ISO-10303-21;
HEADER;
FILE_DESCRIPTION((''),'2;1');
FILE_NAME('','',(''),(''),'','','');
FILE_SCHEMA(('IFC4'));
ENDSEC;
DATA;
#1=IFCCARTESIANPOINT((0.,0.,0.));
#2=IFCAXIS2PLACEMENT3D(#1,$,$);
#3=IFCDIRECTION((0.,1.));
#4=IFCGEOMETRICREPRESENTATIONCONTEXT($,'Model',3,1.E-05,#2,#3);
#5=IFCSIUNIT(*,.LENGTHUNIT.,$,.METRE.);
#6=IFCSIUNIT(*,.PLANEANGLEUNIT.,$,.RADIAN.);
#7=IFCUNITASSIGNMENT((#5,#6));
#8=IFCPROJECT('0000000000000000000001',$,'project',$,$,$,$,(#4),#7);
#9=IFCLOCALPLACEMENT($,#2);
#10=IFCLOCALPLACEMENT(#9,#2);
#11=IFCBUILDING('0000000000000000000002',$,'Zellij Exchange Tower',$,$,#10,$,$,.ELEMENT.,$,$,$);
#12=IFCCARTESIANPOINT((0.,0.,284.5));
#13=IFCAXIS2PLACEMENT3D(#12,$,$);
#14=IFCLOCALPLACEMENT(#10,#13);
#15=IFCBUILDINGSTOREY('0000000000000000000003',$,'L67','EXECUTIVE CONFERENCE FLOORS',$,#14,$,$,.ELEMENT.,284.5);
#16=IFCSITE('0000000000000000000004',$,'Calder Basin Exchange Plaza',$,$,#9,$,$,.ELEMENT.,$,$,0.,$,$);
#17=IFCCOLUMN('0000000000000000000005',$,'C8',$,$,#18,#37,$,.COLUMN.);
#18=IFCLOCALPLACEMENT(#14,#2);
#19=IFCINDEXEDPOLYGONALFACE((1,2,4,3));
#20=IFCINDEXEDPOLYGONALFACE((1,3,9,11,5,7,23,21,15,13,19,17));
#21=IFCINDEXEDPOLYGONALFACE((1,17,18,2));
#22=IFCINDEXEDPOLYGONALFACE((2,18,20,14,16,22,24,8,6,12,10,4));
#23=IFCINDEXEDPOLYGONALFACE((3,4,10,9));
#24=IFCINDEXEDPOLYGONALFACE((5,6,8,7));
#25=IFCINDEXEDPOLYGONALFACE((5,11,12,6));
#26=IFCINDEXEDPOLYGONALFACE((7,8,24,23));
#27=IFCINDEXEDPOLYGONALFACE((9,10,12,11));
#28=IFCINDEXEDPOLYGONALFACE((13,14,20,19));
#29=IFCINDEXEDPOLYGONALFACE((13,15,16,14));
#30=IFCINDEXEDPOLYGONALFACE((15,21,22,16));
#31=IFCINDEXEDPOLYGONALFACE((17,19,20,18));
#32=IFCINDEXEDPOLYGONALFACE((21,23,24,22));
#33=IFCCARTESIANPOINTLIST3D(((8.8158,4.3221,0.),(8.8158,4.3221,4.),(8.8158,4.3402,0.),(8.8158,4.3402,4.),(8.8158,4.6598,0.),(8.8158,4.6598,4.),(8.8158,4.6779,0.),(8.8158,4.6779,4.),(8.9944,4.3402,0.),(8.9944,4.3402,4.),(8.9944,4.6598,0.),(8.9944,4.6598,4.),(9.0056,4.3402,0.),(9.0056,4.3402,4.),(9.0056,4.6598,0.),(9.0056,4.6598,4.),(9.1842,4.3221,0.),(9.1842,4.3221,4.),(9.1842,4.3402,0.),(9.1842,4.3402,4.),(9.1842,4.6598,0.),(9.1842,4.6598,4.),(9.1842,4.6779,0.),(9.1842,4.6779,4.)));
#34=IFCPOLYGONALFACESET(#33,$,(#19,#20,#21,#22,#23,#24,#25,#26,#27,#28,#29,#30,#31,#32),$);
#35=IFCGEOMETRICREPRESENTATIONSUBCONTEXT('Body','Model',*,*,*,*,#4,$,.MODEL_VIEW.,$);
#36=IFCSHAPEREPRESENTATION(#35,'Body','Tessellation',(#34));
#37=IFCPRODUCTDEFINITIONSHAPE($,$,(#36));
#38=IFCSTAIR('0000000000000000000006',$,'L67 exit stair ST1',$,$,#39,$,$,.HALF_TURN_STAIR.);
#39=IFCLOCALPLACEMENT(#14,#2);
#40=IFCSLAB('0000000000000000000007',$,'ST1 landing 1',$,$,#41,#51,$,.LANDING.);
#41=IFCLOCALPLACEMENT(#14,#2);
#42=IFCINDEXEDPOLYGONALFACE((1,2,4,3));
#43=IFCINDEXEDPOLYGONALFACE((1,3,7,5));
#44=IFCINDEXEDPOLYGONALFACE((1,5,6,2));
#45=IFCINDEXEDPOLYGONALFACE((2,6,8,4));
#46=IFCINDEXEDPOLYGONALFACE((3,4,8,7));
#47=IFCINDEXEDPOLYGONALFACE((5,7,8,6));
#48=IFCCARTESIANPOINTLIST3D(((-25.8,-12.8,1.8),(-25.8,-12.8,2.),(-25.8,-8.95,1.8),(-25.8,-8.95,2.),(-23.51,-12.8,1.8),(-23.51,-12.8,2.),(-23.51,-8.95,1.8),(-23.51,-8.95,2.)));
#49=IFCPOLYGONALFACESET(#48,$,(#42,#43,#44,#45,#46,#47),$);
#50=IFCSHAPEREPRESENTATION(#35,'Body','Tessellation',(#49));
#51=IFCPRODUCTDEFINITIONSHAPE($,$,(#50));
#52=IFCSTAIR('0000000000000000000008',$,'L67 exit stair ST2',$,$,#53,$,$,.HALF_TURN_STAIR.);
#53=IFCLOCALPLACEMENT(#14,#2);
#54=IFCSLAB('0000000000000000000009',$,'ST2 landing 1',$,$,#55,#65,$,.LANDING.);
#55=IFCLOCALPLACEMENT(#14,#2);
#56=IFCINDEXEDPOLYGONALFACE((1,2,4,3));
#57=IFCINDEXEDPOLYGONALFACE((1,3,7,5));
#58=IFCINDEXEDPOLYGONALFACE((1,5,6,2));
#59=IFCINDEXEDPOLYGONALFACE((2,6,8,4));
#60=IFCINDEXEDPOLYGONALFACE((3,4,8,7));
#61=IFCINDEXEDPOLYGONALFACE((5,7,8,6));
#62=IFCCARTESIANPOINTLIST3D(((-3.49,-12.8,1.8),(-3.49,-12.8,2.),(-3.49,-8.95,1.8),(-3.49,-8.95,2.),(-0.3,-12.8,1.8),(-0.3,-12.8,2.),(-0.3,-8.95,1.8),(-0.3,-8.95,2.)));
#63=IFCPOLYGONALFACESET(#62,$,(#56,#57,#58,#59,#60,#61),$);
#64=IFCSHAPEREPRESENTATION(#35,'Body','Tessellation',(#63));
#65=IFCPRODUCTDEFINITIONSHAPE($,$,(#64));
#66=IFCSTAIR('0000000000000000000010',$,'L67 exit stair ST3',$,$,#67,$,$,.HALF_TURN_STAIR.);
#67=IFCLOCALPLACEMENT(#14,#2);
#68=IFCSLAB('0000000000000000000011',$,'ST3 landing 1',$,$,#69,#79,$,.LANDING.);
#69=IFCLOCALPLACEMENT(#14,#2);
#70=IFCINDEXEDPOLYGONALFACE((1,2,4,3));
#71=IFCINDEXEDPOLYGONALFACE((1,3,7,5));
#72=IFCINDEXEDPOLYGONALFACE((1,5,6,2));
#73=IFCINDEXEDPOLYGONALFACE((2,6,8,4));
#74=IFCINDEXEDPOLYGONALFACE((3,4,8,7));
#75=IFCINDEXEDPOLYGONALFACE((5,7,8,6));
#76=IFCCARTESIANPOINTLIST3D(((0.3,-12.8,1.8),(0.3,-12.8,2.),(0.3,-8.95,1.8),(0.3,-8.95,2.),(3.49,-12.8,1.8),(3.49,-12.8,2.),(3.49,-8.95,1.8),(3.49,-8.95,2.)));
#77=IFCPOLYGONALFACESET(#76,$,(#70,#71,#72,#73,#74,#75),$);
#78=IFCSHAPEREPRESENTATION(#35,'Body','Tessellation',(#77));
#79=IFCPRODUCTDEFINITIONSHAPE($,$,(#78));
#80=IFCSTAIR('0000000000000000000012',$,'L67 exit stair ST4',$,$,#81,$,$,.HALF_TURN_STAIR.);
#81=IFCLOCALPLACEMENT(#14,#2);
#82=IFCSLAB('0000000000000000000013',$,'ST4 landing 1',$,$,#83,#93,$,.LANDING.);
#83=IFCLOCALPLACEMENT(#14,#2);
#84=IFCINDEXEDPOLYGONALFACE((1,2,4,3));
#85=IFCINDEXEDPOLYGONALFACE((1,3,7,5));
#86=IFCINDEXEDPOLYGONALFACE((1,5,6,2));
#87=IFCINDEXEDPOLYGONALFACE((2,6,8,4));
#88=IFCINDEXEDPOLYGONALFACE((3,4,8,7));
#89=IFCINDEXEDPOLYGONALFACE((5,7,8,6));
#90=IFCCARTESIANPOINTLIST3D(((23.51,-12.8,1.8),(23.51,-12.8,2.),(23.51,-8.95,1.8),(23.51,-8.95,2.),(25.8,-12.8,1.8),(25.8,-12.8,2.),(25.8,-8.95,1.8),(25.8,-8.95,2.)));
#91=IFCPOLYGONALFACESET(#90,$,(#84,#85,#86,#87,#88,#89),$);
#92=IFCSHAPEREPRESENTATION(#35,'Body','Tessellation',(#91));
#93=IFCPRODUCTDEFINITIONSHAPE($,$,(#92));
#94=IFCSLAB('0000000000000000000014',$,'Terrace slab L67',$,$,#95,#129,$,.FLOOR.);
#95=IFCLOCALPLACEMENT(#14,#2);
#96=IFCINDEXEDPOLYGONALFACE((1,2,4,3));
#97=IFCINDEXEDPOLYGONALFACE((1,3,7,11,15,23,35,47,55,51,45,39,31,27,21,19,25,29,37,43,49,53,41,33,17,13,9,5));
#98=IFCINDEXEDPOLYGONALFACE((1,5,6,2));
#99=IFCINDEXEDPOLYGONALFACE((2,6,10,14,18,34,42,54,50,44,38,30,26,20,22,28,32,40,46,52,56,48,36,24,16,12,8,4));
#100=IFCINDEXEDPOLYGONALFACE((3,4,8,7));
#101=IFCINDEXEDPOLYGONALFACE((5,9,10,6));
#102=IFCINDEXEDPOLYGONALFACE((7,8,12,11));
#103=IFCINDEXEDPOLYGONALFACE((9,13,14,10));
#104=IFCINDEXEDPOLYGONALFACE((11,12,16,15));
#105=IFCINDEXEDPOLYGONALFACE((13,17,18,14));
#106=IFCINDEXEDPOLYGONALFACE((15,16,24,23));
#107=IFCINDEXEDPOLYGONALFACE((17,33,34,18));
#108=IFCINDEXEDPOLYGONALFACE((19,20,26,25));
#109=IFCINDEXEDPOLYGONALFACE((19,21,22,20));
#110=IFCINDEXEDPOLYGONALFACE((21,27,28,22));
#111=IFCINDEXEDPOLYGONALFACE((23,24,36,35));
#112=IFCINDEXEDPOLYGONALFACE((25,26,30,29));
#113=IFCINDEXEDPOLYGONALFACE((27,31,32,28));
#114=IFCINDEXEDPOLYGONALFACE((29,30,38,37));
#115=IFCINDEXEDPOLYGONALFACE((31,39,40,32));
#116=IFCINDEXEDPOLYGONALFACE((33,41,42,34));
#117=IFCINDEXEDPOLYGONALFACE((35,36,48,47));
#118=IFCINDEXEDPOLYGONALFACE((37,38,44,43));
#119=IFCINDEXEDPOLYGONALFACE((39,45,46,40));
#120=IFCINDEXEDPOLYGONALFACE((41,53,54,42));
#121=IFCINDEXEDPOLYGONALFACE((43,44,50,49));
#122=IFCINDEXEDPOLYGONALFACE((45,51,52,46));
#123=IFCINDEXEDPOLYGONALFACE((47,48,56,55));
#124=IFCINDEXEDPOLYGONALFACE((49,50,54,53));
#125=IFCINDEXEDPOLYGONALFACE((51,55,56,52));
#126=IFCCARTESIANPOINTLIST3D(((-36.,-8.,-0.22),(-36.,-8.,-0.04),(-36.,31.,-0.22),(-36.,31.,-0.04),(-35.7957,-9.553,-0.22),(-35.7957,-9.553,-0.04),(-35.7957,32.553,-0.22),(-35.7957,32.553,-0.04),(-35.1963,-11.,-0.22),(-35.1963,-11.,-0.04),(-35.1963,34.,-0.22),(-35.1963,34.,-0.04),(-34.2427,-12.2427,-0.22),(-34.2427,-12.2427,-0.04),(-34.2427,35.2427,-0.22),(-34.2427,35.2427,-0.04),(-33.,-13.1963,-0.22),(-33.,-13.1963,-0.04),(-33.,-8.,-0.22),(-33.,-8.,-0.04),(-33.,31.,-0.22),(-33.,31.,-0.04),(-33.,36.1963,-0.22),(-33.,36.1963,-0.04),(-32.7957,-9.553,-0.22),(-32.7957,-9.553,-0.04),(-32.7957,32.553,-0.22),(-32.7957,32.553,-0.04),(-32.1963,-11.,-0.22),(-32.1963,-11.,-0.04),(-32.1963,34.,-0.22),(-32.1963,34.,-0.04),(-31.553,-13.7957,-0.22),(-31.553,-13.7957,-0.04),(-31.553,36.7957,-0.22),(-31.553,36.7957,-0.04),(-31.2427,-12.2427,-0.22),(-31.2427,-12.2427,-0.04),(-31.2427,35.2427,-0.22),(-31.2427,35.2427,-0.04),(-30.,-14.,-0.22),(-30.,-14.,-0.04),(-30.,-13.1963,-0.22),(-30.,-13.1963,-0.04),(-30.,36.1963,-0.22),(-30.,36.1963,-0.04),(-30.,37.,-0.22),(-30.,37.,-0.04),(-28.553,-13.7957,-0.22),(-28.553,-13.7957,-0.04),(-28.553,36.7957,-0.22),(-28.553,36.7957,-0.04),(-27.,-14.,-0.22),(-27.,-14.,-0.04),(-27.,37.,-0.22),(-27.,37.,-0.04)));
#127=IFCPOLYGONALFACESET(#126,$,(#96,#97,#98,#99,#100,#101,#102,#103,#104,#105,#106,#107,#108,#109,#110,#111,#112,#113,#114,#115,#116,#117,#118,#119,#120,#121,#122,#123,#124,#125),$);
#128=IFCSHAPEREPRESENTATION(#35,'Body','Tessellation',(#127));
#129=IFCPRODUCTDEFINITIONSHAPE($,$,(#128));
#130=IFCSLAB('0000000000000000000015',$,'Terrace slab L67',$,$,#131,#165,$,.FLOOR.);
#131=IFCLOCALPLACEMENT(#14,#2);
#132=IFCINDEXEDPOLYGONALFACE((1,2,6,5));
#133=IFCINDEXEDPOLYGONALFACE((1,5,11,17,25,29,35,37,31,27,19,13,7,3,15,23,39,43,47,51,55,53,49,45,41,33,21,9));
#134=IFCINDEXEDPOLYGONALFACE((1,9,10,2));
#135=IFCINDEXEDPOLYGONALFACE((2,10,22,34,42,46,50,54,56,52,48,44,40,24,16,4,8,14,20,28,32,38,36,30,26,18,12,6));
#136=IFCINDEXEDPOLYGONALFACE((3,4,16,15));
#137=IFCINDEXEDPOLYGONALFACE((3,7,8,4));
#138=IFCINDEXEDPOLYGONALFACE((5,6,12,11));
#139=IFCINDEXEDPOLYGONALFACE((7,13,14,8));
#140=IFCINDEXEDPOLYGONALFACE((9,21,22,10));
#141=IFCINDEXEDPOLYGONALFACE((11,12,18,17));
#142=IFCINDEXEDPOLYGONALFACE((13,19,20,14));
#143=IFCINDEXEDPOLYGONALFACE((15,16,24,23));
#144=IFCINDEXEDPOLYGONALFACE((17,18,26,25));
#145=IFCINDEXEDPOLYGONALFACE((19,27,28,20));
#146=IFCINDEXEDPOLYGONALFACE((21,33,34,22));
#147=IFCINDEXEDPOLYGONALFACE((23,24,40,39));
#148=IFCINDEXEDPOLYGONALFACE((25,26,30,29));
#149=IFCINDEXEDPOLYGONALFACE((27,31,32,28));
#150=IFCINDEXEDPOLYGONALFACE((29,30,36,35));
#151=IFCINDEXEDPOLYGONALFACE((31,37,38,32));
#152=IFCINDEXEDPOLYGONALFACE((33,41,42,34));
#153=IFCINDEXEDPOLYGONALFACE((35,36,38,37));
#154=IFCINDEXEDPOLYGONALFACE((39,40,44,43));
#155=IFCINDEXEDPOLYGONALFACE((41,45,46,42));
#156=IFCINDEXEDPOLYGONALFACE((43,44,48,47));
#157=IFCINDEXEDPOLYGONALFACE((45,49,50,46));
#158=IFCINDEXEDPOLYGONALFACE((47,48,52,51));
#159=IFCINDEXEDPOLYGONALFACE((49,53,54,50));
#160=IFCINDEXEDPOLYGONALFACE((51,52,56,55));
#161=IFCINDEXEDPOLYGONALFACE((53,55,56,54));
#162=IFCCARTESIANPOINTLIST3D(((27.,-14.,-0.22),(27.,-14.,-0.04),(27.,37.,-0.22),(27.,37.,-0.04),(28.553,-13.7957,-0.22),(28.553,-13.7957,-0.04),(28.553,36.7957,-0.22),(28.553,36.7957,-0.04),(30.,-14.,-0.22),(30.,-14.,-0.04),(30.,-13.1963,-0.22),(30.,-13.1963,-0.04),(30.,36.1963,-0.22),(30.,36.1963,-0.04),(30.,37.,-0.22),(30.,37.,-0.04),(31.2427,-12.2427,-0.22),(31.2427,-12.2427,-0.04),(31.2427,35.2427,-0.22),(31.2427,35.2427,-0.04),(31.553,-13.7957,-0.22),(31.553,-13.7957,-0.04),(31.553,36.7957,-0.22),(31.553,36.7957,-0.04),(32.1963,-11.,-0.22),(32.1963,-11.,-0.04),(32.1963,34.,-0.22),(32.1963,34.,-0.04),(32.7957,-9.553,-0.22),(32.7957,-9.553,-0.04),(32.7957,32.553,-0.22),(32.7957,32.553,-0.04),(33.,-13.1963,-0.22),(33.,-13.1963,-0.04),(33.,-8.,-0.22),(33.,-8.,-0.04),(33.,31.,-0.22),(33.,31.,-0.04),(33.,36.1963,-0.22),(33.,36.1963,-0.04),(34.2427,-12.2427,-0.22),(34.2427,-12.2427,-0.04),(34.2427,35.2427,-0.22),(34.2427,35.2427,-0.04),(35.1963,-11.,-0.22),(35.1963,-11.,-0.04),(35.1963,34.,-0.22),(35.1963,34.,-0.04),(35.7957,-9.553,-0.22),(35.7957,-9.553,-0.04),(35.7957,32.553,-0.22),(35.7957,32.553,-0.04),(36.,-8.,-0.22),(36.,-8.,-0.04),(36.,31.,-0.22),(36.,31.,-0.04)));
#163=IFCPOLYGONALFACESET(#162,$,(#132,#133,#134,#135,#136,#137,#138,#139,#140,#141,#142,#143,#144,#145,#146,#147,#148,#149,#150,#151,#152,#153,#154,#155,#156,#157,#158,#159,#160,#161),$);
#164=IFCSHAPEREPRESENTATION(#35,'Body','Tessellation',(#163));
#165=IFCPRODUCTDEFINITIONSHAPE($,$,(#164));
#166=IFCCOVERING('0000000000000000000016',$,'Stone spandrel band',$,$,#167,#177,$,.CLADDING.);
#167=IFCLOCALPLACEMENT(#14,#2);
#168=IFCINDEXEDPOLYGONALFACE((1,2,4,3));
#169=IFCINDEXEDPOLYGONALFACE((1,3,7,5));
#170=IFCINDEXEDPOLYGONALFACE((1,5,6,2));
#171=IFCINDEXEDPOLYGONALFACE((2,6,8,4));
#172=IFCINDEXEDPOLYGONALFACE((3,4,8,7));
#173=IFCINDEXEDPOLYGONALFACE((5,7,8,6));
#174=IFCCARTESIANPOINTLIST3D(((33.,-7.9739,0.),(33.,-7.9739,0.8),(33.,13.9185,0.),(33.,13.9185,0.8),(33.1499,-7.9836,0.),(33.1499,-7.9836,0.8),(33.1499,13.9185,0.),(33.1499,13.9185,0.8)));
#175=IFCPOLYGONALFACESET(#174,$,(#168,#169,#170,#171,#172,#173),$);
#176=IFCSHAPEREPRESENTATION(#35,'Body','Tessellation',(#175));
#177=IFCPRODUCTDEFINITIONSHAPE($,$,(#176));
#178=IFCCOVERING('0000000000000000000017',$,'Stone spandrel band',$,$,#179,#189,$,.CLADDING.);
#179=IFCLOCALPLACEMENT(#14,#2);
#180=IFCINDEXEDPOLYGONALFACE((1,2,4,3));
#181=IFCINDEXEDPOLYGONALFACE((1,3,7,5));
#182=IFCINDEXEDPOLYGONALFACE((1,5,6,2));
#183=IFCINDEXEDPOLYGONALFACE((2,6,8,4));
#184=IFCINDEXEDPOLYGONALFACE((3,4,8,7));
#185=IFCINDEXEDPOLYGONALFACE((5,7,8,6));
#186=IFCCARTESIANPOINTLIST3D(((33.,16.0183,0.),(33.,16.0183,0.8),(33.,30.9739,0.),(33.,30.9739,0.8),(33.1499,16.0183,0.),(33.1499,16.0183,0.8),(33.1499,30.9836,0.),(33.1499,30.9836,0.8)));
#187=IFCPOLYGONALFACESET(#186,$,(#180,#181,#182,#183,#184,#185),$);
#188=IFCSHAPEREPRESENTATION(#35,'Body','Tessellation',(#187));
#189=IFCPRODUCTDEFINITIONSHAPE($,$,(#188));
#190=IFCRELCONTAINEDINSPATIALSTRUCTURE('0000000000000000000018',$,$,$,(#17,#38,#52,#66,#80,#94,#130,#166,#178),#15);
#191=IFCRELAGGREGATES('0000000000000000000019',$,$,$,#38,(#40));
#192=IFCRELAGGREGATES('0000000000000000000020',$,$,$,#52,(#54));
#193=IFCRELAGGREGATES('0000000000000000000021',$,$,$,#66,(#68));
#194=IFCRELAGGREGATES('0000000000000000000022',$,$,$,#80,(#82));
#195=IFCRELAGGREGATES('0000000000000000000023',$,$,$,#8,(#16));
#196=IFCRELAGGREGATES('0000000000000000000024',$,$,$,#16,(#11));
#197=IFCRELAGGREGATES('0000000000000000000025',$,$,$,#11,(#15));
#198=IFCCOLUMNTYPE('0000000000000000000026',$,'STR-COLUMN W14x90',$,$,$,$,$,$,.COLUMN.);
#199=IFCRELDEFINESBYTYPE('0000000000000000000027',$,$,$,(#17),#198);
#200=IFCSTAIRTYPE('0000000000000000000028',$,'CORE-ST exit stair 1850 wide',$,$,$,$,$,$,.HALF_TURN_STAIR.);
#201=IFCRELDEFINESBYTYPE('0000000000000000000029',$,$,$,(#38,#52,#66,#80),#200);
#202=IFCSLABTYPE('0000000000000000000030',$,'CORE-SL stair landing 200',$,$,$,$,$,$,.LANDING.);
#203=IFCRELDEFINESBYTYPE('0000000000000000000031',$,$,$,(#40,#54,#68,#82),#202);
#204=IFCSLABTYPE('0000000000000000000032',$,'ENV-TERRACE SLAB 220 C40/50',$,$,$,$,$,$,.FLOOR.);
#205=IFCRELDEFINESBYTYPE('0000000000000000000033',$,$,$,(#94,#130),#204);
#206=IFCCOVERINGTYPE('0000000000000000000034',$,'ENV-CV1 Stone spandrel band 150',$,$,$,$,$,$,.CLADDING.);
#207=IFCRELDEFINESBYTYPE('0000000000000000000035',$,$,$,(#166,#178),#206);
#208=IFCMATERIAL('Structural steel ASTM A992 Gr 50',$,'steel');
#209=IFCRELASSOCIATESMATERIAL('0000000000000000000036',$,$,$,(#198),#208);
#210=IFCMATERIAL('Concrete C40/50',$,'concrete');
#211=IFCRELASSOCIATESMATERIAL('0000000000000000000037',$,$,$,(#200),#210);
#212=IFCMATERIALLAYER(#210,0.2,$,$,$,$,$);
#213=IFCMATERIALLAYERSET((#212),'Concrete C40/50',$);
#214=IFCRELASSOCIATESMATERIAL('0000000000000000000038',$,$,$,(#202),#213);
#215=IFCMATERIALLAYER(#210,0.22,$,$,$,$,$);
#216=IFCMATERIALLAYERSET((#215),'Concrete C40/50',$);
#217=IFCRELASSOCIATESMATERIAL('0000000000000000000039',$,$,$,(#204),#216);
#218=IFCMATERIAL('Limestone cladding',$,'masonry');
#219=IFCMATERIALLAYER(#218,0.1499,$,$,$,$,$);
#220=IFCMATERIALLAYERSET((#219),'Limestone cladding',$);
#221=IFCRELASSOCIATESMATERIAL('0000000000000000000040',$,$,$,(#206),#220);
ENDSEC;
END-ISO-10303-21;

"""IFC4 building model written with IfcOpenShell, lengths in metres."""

from ifc_helpers import new_model, si_unit, direction, frame, origin, origin_2d, place, context, subcontext, project, spatial, polyline, i_section, outline, extrude, material, layer, layer_set, material_profile, profile_set, type_object, element, aggregate, save


model = new_model("IFC4")

# Units and contexts
model_context = context("Model", 3, precision=1e-05, world=origin(), true_north=direction((0.0, 1.0)))
body_context = subcontext(model_context, "Body", "Model", "MODEL_VIEW")
ifc_project = project(units=[si_unit("LENGTHUNIT", "METRE"), si_unit("PLANEANGLEUNIT", "RADIAN")], contexts=[model_context])

# Site, building, storey
site_placement = place(None, origin())
site = spatial("IfcSite", under=ifc_project, at=site_placement, Name="Calder Basin Exchange Plaza", CompositionType="ELEMENT", RefElevation=0.0)
building_placement = place(site_placement, origin())
building = spatial("IfcBuilding", under=site, at=building_placement, Name="Zellij Exchange Tower", CompositionType="ELEMENT")
storey_placement = place(building_placement, frame((0.0, 0.0, 284.5)))
storey = spatial("IfcBuildingStorey", under=building, at=storey_placement, Name="L67", Description="EXECUTIVE CONFERENCE FLOORS", CompositionType="ELEMENT", Elevation=284.5)

# Column
ifc_material_1 = material(Name="Structural steel ASTM A992 Gr 50", Category="steel")
ifc_material_profile = material_profile(ifc_material_1, i_section(OverallWidth=0.3684, OverallDepth=0.3557, WebThickness=0.0112, FlangeThickness=0.0181, at=origin_2d()), Name="W14x90")
ifc_profile_set = profile_set([ifc_material_profile], Name="Structural steel ASTM A992 Gr 50")
column_type = type_object("IfcColumnType", Name="STR-COLUMN W14x90", PredefinedType="COLUMN", material=ifc_profile_set)
column_placement = place(storey_placement, frame((9.0, 4.5, 0.0), z_axis=(0.0, 0.0, 1.0), x_axis=(1.0, 0.0, 0.0)))
element("IfcColumn", 1, at=column_placement, inside=storey, type_object=column_type, Name="C8", PredefinedType="COLUMN", context=body_context, shape_type="SweptSolid", body=[
    extrude(i_section(OverallWidth=0.3684, OverallDepth=0.3557, WebThickness=0.0112, FlangeThickness=0.0181, at=origin_2d()), origin(), (0.0, 0.0, 1.0), 4.0),
])

# Stairs, slabs
ifc_material_2 = material(Name="Concrete C40/50", Category="concrete")
stair_type = type_object("IfcStairType", Name="CORE-ST exit stair 1850 wide", PredefinedType="HALF_TURN_STAIR", material=ifc_material_2)
stair_1_placement = place(storey_placement, origin())
stair_1 = element("IfcStair", 2, at=stair_1_placement, inside=storey, type_object=stair_type, Name="L67 exit stair ST1", PredefinedType="HALF_TURN_STAIR")
ifc_layer_1 = layer(ifc_material_2, 0.2)
ifc_layer_set_1 = layer_set([ifc_layer_1], Name="Concrete C40/50")
slab_type_1 = type_object("IfcSlabType", Name="CORE-SL stair landing 200", PredefinedType="LANDING", material=ifc_layer_set_1)
slab_1_placement = place(storey_placement, frame((0.0, 0.0, 1.8)))
slab_1 = element("IfcSlab", 3, at=slab_1_placement, type_object=slab_type_1, Name="ST1 landing 1", PredefinedType="LANDING", context=body_context, shape_type="SweptSolid", body=[
    extrude(outline(polyline([(-23.51, -8.95), (-25.8, -8.95), (-25.8, -12.8), (-23.51, -12.8), (-23.51, -8.95)])), origin(), (0.0, 0.0, 1.0), 0.2),
])
aggregate(stair_1, [slab_1])
stair_2_placement = place(storey_placement, origin())
stair_2 = element("IfcStair", 4, at=stair_2_placement, inside=storey, type_object=stair_type, Name="L67 exit stair ST2", PredefinedType="HALF_TURN_STAIR")
slab_2_placement = place(storey_placement, frame((0.0, 0.0, 1.8)))
slab_2 = element("IfcSlab", 5, at=slab_2_placement, type_object=slab_type_1, Name="ST2 landing 1", PredefinedType="LANDING", context=body_context, shape_type="SweptSolid", body=[
    extrude(outline(polyline([(-3.49, -12.8), (-0.3, -12.8), (-0.3, -8.95), (-3.49, -8.95), (-3.49, -12.8)])), origin(), (0.0, 0.0, 1.0), 0.2),
])
aggregate(stair_2, [slab_2])
stair_3_placement = place(storey_placement, origin())
stair_3 = element("IfcStair", 6, at=stair_3_placement, inside=storey, type_object=stair_type, Name="L67 exit stair ST3", PredefinedType="HALF_TURN_STAIR")
slab_3_placement = place(storey_placement, frame((0.0, 0.0, 1.8)))
slab_3 = element("IfcSlab", 7, at=slab_3_placement, type_object=slab_type_1, Name="ST3 landing 1", PredefinedType="LANDING", context=body_context, shape_type="SweptSolid", body=[
    extrude(outline(polyline([(3.49, -8.95), (0.3, -8.95), (0.3, -12.8), (3.49, -12.8), (3.49, -8.95)])), origin(), (0.0, 0.0, 1.0), 0.2),
])
aggregate(stair_3, [slab_3])
stair_4_placement = place(storey_placement, origin())
stair_4 = element("IfcStair", 8, at=stair_4_placement, inside=storey, type_object=stair_type, Name="L67 exit stair ST4", PredefinedType="HALF_TURN_STAIR")
slab_4_placement = place(storey_placement, frame((0.0, 0.0, 1.8)))
slab_4 = element("IfcSlab", 9, at=slab_4_placement, type_object=slab_type_1, Name="ST4 landing 1", PredefinedType="LANDING", context=body_context, shape_type="SweptSolid", body=[
    extrude(outline(polyline([(23.51, -12.8), (25.8, -12.8), (25.8, -8.95), (23.51, -8.95), (23.51, -12.8)])), origin(), (0.0, 0.0, 1.0), 0.2),
])
aggregate(stair_4, [slab_4])

# Slabs
ifc_layer_2 = layer(ifc_material_2, 0.22)
ifc_layer_set_2 = layer_set([ifc_layer_2], Name="Concrete C40/50")
slab_type_2 = type_object("IfcSlabType", Name="ENV-TERRACE SLAB 220 C40/50", PredefinedType="FLOOR", material=ifc_layer_set_2)
slab_5_placement = place(storey_placement, frame((0.0, 0.0, -0.22)))
element("IfcSlab", 10, at=slab_5_placement, inside=storey, type_object=slab_type_2, Name="Terrace slab L67", PredefinedType="FLOOR", context=body_context, shape_type="SweptSolid", body=[
    extrude(outline(polyline([(-31.2427, -12.2427), (-32.1963, -11.0), (-32.7957, -9.553), (-33.0, -8.0), (-33.0, 31.0), (-32.7957, 32.553), (-32.1963, 34.0), (-31.2427, 35.2427), (-30.0, 36.1963), (-28.553, 36.7957), (-27.0, 37.0), (-30.0, 37.0), (-31.553, 36.7957), (-33.0, 36.1963), (-34.2427, 35.2427), (-35.1963, 34.0), (-35.7957, 32.553), (-36.0, 31.0), (-36.0, -8.0), (-35.7957, -9.553), (-35.1963, -11.0), (-34.2427, -12.2427), (-33.0, -13.1963), (-31.553, -13.7957), (-30.0, -14.0), (-27.0, -14.0), (-28.553, -13.7957), (-30.0, -13.1963), (-31.2427, -12.2427)])), origin(), (0.0, 0.0, 1.0), 0.1799),
])
slab_6_placement = place(storey_placement, frame((0.0, 0.0, -0.22)))
element("IfcSlab", 11, at=slab_6_placement, inside=storey, type_object=slab_type_2, Name="Terrace slab L67", PredefinedType="FLOOR", context=body_context, shape_type="SweptSolid", body=[
    extrude(outline(polyline([(27.0, -14.0), (30.0, -14.0), (31.553, -13.7957), (33.0, -13.1963), (34.2427, -12.2427), (35.1963, -11.0), (35.7957, -9.553), (36.0, -8.0), (36.0, 31.0), (35.7957, 32.553), (35.1963, 34.0), (34.2427, 35.2427), (33.0, 36.1963), (31.553, 36.7957), (30.0, 37.0), (27.0, 37.0), (28.553, 36.7957), (30.0, 36.1963), (31.2427, 35.2427), (32.1963, 34.0), (32.7957, 32.553), (33.0, 31.0), (33.0, -8.0), (32.7957, -9.553), (32.1963, -11.0), (31.2427, -12.2427), (30.0, -13.1963), (28.553, -13.7957), (27.0, -14.0)])), origin(), (0.0, 0.0, 1.0), 0.1799),
])

# Coverings
ifc_material_3 = material(Name="Limestone cladding", Category="masonry")
ifc_layer_3 = layer(ifc_material_3, 0.1499)
ifc_layer_set_3 = layer_set([ifc_layer_3], Name="Limestone cladding")
covering_type_1 = type_object("IfcCoveringType", Name="ENV-CV1 Stone spandrel band 150", PredefinedType="CLADDING", material=ifc_layer_set_3)
covering_1_placement = place(storey_placement, origin())
element("IfcCovering", 12, at=covering_1_placement, inside=storey, type_object=covering_type_1, Name="Stone spandrel band", PredefinedType="CLADDING", context=body_context, shape_type="SweptSolid", body=[
    extrude(outline(polyline([(33.0, -7.9739), (33.0, 13.9185), (33.1499, 13.9185), (33.1499, -7.9836), (33.0, -7.9739)])), origin(), (0.0, 0.0, 1.0), 0.8),
])
covering_2_placement = place(storey_placement, origin())
element("IfcCovering", 13, at=covering_2_placement, inside=storey, type_object=covering_type_1, Name="Stone spandrel band", PredefinedType="CLADDING", context=body_context, shape_type="SweptSolid", body=[
    extrude(outline(polyline([(33.0, 16.0183), (33.0, 30.9739), (33.1499, 30.9836), (33.1499, 16.0183), (33.0, 16.0183)])), origin(), (0.0, 0.0, 1.0), 0.8),
])

save(model, "model.ifc")
